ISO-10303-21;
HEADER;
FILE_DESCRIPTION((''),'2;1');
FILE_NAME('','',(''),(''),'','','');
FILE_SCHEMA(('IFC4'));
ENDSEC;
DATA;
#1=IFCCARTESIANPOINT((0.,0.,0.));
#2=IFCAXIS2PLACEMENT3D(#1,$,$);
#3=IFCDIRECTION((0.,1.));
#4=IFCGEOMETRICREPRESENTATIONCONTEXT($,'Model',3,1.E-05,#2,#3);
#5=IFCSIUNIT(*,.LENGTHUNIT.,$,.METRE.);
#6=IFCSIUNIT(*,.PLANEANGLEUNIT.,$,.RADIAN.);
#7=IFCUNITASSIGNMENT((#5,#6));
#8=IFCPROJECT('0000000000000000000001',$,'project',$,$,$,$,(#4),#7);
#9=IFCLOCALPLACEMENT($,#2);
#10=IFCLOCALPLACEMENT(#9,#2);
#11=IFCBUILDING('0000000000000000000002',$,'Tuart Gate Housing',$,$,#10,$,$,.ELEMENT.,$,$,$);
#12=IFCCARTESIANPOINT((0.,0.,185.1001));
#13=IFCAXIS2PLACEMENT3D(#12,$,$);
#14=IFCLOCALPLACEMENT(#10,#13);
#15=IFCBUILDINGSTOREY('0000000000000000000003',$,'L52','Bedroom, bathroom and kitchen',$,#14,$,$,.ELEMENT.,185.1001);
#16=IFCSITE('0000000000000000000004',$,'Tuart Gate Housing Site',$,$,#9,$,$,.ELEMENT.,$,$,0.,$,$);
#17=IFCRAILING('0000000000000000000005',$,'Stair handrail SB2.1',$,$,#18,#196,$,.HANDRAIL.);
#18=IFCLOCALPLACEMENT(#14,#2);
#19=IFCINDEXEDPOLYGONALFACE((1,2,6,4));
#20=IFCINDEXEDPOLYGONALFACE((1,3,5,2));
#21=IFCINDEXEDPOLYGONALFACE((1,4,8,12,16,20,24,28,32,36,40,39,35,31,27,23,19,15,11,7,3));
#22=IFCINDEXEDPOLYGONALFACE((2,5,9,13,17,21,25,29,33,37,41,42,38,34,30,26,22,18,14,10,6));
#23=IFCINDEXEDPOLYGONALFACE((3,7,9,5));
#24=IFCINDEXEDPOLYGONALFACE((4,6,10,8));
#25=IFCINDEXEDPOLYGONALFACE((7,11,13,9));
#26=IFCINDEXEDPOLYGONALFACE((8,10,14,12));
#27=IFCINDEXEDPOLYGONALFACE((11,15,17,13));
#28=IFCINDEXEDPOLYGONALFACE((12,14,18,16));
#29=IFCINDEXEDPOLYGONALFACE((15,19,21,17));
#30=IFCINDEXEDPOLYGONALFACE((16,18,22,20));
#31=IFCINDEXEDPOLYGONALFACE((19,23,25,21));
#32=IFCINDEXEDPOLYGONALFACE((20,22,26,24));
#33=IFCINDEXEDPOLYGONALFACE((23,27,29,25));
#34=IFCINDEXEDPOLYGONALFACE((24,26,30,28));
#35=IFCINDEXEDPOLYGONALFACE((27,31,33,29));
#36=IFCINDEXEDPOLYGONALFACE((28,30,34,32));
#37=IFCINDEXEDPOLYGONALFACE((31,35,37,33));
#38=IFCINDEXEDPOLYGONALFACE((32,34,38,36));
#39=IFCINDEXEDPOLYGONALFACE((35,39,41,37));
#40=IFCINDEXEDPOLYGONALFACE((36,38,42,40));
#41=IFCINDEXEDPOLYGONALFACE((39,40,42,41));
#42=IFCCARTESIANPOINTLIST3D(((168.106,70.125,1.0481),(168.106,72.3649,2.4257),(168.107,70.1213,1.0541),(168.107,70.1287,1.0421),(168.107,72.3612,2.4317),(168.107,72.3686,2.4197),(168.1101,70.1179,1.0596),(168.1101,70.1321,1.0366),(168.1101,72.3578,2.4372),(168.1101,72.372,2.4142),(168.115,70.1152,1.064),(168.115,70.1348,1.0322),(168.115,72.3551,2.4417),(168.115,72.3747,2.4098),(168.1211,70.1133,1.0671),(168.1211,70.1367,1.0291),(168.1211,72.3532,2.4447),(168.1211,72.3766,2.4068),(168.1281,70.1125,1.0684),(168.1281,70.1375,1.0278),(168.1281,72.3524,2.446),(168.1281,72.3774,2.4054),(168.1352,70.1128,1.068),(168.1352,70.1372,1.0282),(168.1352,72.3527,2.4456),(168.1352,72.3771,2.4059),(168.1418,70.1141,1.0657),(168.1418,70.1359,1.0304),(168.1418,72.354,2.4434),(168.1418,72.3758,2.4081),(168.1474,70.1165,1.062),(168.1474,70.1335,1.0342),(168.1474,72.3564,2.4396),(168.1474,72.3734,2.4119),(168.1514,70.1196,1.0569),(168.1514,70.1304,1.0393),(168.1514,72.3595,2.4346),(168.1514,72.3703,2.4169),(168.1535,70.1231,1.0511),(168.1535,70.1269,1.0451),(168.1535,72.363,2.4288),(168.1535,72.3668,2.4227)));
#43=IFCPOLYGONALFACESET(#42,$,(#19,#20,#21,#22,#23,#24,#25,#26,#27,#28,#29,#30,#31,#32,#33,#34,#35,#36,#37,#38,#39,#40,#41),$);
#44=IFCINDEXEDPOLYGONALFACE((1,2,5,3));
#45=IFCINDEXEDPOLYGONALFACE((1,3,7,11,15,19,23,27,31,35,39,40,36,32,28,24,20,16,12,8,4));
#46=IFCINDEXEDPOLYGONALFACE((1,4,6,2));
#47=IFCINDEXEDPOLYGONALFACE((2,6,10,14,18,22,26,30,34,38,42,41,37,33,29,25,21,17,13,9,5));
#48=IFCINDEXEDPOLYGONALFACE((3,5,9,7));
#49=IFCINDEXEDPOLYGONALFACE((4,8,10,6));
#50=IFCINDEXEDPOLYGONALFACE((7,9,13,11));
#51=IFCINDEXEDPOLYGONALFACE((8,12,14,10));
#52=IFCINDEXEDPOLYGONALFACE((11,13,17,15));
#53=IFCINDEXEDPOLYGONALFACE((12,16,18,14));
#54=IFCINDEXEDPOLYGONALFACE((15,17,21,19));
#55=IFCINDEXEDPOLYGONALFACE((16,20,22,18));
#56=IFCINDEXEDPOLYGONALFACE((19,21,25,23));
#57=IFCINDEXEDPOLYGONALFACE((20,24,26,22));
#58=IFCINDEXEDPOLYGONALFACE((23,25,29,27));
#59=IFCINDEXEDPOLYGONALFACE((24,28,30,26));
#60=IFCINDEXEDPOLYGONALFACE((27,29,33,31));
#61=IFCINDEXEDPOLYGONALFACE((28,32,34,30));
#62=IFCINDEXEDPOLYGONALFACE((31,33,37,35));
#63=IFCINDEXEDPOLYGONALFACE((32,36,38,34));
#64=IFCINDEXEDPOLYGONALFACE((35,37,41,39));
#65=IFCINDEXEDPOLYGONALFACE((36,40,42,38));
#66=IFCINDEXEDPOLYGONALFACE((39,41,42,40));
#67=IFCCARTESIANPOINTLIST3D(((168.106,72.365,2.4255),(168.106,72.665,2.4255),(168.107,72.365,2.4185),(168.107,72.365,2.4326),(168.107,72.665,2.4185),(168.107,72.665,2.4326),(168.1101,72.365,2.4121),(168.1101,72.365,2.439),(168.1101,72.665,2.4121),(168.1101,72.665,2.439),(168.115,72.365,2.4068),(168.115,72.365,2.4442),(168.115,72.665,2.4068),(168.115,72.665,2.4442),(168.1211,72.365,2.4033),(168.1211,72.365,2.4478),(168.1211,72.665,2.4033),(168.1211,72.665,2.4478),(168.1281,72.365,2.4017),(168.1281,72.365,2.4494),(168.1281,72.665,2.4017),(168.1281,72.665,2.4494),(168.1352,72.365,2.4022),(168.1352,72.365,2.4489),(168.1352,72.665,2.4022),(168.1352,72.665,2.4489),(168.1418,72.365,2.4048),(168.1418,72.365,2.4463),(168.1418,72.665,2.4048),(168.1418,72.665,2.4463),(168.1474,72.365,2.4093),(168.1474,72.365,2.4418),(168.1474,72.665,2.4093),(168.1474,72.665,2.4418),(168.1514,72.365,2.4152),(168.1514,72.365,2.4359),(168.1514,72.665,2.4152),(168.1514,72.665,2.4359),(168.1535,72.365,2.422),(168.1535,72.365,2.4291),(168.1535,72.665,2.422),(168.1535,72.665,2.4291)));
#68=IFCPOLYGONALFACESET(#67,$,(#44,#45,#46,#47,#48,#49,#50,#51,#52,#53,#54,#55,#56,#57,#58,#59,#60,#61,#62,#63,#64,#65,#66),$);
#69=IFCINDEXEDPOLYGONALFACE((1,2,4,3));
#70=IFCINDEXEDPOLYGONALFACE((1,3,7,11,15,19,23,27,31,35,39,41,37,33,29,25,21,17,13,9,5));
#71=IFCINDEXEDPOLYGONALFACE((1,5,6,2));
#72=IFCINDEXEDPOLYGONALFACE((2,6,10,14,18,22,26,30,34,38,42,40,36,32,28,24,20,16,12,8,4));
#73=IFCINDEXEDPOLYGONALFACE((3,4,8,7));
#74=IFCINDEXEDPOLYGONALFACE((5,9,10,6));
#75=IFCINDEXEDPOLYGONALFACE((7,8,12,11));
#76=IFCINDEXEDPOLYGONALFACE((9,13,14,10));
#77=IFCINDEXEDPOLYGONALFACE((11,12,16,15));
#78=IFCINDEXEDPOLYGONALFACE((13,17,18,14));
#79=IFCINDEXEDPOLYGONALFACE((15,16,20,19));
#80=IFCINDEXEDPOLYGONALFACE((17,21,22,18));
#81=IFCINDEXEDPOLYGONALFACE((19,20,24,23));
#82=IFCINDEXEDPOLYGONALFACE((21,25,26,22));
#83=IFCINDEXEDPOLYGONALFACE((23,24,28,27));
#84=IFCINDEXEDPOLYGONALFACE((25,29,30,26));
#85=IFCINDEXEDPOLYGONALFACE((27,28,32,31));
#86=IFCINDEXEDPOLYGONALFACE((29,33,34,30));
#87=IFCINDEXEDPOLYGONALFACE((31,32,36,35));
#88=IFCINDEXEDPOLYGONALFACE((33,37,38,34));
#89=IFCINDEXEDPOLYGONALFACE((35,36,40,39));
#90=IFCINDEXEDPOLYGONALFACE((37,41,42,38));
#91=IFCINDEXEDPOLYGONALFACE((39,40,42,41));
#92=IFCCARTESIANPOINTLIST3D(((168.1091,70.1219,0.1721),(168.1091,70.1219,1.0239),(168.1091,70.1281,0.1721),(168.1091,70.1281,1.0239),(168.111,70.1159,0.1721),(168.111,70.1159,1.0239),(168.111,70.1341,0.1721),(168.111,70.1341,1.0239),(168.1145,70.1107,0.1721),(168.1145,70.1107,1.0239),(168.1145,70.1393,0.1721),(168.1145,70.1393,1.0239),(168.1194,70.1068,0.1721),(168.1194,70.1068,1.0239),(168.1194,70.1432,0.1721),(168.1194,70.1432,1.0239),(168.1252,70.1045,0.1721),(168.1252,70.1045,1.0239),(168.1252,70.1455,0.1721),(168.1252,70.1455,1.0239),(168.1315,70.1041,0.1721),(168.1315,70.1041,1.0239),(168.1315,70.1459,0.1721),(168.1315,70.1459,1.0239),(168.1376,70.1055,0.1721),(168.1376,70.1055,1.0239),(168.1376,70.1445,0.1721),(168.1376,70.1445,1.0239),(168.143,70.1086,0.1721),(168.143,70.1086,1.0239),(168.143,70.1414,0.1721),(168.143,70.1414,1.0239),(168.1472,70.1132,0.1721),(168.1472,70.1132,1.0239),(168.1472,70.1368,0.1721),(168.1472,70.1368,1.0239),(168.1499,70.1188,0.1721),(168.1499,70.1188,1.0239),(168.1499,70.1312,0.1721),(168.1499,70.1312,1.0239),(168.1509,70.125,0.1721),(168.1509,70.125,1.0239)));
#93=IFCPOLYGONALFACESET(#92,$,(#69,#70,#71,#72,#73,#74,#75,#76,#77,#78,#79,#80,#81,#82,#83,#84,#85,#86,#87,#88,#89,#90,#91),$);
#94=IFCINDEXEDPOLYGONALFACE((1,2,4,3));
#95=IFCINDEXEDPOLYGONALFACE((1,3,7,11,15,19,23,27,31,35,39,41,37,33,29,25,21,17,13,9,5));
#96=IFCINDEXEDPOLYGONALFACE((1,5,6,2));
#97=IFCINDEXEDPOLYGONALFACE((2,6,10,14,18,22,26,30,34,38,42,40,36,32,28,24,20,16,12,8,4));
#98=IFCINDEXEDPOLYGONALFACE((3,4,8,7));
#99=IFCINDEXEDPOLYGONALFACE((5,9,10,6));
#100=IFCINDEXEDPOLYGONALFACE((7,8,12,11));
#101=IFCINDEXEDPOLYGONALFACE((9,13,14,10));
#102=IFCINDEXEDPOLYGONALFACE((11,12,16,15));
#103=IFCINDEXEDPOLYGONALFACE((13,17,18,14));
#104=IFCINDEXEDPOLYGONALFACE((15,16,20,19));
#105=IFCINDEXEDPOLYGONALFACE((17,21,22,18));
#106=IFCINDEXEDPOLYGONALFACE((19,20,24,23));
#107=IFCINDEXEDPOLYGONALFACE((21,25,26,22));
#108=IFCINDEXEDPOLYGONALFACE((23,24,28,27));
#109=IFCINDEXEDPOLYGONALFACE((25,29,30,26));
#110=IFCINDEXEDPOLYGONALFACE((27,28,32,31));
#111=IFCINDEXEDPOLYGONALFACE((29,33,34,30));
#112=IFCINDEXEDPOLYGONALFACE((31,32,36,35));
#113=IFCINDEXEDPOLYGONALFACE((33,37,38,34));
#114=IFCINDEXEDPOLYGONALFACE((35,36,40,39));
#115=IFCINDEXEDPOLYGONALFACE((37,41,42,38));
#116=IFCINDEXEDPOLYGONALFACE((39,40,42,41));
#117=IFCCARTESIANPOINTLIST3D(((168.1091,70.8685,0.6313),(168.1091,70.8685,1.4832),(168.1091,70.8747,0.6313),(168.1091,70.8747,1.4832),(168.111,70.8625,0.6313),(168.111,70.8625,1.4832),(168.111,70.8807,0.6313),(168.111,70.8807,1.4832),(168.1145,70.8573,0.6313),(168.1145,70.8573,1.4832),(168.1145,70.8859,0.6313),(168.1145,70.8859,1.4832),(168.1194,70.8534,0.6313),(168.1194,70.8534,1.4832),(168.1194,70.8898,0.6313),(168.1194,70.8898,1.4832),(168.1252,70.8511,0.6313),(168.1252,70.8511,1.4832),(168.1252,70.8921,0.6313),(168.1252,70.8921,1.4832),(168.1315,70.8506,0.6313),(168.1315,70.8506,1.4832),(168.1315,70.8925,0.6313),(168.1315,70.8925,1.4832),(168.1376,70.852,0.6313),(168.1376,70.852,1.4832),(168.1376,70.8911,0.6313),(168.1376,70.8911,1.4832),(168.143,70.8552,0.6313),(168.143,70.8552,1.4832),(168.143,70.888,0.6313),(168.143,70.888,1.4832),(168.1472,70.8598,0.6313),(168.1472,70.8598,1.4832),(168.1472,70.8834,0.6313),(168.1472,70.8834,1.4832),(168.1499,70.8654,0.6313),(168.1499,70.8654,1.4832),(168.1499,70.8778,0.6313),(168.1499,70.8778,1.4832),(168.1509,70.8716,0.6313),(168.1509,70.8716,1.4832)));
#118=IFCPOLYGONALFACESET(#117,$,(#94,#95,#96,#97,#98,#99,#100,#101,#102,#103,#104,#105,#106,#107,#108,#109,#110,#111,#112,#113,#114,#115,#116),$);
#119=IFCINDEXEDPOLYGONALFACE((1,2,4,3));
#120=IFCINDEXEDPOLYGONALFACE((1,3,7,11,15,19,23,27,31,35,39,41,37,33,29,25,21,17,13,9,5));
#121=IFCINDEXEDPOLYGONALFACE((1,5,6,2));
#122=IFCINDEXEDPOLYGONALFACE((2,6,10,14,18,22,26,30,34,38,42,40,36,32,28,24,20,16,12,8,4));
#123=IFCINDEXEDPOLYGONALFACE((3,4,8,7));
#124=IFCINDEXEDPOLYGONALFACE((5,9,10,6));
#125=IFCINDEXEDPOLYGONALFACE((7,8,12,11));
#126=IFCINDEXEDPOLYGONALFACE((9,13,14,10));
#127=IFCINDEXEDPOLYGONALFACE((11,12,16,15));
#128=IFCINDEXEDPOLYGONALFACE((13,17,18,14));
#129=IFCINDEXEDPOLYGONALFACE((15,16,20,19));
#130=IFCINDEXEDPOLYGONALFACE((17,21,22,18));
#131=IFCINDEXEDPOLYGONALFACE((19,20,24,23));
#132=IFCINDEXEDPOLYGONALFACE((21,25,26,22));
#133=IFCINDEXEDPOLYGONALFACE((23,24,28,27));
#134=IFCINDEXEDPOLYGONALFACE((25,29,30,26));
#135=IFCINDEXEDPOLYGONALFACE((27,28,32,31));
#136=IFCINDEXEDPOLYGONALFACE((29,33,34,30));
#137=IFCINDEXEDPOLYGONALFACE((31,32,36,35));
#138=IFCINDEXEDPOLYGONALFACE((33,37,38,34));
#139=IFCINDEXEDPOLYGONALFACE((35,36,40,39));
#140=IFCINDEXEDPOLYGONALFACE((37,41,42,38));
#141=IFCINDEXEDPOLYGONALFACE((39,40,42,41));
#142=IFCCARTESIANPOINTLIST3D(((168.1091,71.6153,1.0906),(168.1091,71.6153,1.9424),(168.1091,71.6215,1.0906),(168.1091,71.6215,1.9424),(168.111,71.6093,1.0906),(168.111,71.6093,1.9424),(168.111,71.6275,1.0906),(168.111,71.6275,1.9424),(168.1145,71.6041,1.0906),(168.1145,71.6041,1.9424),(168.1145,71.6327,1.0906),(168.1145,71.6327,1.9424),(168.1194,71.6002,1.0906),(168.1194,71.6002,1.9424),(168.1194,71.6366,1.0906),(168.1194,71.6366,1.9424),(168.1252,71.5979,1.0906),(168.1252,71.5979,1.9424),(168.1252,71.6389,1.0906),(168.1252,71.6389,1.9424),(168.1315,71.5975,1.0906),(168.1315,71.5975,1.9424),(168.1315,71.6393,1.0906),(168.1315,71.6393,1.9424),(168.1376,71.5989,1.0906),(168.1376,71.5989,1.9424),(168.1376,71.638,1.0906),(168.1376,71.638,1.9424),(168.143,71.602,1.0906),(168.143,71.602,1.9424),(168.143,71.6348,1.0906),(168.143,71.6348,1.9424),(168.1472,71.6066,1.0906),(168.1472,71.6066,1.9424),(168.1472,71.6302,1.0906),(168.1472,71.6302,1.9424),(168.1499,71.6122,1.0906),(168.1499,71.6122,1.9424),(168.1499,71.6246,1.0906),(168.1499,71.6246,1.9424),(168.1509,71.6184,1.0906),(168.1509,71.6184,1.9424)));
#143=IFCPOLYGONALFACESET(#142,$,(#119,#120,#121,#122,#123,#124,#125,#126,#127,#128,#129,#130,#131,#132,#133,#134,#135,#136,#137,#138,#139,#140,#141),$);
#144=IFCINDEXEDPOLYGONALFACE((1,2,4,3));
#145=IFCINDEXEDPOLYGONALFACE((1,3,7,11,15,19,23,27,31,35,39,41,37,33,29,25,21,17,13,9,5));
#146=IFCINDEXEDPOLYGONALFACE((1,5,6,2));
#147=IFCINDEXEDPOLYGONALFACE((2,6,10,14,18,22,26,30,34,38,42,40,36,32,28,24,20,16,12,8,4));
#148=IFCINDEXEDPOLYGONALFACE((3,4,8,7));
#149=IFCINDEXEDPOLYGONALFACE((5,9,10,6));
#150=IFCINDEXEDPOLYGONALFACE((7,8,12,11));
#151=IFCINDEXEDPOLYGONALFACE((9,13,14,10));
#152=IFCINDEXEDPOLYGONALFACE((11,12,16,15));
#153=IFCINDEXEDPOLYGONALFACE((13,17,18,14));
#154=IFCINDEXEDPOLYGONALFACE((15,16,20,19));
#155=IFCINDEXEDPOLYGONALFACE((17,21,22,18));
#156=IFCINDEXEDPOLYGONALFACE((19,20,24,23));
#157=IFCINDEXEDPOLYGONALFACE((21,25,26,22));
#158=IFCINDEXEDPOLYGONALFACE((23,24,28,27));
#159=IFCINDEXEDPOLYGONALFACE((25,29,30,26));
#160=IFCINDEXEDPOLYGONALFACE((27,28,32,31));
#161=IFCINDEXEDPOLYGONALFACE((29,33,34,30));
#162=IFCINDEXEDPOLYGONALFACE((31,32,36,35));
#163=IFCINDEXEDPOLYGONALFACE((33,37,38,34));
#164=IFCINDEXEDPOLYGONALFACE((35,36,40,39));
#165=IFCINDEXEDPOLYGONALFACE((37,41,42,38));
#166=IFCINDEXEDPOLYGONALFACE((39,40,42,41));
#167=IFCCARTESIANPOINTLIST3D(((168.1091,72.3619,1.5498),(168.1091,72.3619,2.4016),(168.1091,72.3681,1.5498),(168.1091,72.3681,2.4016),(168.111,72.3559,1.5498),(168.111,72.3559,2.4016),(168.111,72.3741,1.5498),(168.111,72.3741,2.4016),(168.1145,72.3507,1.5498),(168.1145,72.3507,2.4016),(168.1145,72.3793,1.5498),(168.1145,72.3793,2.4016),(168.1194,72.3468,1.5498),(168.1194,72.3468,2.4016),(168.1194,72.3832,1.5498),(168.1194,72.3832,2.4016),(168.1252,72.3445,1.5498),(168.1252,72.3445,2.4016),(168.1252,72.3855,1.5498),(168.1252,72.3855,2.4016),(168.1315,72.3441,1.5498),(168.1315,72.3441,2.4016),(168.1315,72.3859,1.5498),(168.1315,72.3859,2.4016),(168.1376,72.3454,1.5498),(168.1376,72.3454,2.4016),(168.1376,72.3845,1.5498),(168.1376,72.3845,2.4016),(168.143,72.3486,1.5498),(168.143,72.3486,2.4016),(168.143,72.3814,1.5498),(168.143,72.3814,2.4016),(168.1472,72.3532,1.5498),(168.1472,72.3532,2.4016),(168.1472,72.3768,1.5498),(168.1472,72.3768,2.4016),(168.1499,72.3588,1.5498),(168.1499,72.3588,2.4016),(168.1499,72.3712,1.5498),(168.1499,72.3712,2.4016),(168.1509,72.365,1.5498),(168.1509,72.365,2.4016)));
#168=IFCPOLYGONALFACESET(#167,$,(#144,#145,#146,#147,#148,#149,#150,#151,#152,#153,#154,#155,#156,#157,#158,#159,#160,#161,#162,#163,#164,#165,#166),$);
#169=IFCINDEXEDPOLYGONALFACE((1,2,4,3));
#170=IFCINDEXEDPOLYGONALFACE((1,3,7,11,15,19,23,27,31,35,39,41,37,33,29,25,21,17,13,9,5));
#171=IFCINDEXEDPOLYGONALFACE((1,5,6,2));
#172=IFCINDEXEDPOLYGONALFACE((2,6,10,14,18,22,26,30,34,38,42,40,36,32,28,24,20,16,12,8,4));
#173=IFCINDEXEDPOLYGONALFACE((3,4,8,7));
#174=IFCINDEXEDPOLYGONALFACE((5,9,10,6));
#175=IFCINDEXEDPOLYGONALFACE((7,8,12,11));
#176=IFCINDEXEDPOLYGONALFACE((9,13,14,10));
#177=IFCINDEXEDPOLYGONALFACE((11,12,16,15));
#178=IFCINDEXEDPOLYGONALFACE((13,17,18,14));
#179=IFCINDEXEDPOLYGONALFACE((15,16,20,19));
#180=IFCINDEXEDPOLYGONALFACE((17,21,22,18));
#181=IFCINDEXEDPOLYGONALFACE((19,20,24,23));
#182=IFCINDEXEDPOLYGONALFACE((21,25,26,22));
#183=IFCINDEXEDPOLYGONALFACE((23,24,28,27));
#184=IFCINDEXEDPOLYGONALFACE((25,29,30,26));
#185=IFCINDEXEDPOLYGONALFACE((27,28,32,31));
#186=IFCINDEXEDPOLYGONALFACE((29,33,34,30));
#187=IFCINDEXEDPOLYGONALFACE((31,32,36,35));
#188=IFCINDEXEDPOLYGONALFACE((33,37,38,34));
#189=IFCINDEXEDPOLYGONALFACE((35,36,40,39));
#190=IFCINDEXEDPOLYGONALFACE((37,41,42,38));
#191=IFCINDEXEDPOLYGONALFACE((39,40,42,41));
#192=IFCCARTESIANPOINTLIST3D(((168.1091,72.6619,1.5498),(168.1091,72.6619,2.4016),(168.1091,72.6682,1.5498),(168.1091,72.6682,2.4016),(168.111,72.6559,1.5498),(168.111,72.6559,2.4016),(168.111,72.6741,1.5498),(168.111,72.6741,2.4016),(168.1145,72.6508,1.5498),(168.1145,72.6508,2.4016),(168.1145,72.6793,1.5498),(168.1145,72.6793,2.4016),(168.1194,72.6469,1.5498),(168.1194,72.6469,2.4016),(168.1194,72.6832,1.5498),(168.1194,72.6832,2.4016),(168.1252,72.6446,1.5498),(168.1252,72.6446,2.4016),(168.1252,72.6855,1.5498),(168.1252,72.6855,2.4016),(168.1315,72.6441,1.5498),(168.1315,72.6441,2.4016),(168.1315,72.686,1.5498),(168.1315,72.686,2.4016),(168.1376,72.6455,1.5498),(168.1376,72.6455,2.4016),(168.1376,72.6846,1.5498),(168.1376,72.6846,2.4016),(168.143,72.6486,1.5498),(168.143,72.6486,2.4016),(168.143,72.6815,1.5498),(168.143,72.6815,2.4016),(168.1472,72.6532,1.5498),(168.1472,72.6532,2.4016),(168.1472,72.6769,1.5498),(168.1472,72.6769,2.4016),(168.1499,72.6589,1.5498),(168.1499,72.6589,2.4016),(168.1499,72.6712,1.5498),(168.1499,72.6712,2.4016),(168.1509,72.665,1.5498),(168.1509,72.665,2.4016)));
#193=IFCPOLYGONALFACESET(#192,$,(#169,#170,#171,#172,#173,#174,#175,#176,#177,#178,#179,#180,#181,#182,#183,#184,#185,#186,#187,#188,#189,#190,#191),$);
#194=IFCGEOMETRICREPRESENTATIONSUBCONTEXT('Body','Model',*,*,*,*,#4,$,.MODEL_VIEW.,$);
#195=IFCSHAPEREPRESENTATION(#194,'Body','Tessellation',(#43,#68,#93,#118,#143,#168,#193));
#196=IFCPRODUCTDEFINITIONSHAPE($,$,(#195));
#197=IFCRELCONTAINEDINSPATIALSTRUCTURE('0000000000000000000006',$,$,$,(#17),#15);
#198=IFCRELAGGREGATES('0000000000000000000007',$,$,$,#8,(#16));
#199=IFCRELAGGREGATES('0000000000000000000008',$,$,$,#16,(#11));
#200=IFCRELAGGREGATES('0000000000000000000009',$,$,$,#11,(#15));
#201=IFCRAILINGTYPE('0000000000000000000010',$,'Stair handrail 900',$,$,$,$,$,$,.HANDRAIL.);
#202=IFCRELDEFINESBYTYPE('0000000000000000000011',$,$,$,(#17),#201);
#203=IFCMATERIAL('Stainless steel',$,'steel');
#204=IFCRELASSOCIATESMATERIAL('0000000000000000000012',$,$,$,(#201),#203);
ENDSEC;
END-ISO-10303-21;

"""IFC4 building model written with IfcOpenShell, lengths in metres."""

from ifc_helpers import new_model, si_unit, direction, frame, origin, origin_2d, place, context, subcontext, project, spatial, circle, extrude, material, type_object, element, save


model = new_model("IFC4")

# Units and contexts
model_context = context("Model", 3, precision=1e-05, world=origin(), true_north=direction((0.0, 1.0)))
body_context = subcontext(model_context, "Body", "Model", "MODEL_VIEW")
ifc_project = project(units=[si_unit("LENGTHUNIT", "METRE"), si_unit("PLANEANGLEUNIT", "RADIAN")], contexts=[model_context])

# Site, building, storey
site_placement = place(None, origin())
site = spatial("IfcSite", under=ifc_project, at=site_placement, Name="Tuart Gate Housing Site", CompositionType="ELEMENT", RefElevation=0.0)
building_placement = place(site_placement, origin())
building = spatial("IfcBuilding", under=site, at=building_placement, Name="Tuart Gate Housing", CompositionType="ELEMENT")
storey_placement = place(building_placement, frame((0.0, 0.0, 185.1001)))
storey = spatial("IfcBuildingStorey", under=building, at=storey_placement, Name="L52", Description="Bedroom, bathroom and kitchen", CompositionType="ELEMENT", Elevation=185.1001)

# Railing
ifc_material_1 = material(Name="Stainless steel", Category="steel")
railing_type = type_object("IfcRailingType", Name="Stair handrail 900", PredefinedType="HANDRAIL", material=ifc_material_1)
railing_placement = place(storey_placement, frame((168.1299, 70.125, 0.1721)))
element("IfcRailing", 1, at=railing_placement, inside=storey, type_object=railing_type, Name="Stair handrail SB2.1", PredefinedType="HANDRAIL", context=body_context, shape_type="SweptSolid", body=[
    extrude(circle(Radius=0.0239, at=origin_2d()), frame((0.0, 0.0, 0.876), z_axis=(0.0, 0.851789, 0.523885), x_axis=(-1.0, 0.0, 0.0)), (0.0, 0.0, 1.0), 2.6296),
    extrude(circle(Radius=0.0239, at=origin_2d()), frame((0.0, 2.24, 2.2534), z_axis=(0.0, 1.0, 0.0), x_axis=(-1.0, 0.0, 0.0)), (0.0, 0.0, 1.0), 0.3),
    extrude(circle(Radius=0.021, at=origin_2d()), origin(), (0.0, 0.0, 1.0), 0.8518),
    extrude(circle(Radius=0.021, at=origin_2d()), frame((0.0, 0.7466, 0.4592)), (0.0, 0.0, 1.0), 0.8518),
    extrude(circle(Radius=0.021, at=origin_2d()), frame((0.0, 1.4934, 0.9185)), (0.0, 0.0, 1.0), 0.8518),
    extrude(circle(Radius=0.021, at=origin_2d()), frame((0.0, 2.24, 1.3777)), (0.0, 0.0, 1.0), 0.8518),
    extrude(circle(Radius=0.021, at=origin_2d()), frame((0.0, 2.54, 1.3777)), (0.0, 0.0, 1.0), 0.8518),
])

save(model, "model.ifc")
